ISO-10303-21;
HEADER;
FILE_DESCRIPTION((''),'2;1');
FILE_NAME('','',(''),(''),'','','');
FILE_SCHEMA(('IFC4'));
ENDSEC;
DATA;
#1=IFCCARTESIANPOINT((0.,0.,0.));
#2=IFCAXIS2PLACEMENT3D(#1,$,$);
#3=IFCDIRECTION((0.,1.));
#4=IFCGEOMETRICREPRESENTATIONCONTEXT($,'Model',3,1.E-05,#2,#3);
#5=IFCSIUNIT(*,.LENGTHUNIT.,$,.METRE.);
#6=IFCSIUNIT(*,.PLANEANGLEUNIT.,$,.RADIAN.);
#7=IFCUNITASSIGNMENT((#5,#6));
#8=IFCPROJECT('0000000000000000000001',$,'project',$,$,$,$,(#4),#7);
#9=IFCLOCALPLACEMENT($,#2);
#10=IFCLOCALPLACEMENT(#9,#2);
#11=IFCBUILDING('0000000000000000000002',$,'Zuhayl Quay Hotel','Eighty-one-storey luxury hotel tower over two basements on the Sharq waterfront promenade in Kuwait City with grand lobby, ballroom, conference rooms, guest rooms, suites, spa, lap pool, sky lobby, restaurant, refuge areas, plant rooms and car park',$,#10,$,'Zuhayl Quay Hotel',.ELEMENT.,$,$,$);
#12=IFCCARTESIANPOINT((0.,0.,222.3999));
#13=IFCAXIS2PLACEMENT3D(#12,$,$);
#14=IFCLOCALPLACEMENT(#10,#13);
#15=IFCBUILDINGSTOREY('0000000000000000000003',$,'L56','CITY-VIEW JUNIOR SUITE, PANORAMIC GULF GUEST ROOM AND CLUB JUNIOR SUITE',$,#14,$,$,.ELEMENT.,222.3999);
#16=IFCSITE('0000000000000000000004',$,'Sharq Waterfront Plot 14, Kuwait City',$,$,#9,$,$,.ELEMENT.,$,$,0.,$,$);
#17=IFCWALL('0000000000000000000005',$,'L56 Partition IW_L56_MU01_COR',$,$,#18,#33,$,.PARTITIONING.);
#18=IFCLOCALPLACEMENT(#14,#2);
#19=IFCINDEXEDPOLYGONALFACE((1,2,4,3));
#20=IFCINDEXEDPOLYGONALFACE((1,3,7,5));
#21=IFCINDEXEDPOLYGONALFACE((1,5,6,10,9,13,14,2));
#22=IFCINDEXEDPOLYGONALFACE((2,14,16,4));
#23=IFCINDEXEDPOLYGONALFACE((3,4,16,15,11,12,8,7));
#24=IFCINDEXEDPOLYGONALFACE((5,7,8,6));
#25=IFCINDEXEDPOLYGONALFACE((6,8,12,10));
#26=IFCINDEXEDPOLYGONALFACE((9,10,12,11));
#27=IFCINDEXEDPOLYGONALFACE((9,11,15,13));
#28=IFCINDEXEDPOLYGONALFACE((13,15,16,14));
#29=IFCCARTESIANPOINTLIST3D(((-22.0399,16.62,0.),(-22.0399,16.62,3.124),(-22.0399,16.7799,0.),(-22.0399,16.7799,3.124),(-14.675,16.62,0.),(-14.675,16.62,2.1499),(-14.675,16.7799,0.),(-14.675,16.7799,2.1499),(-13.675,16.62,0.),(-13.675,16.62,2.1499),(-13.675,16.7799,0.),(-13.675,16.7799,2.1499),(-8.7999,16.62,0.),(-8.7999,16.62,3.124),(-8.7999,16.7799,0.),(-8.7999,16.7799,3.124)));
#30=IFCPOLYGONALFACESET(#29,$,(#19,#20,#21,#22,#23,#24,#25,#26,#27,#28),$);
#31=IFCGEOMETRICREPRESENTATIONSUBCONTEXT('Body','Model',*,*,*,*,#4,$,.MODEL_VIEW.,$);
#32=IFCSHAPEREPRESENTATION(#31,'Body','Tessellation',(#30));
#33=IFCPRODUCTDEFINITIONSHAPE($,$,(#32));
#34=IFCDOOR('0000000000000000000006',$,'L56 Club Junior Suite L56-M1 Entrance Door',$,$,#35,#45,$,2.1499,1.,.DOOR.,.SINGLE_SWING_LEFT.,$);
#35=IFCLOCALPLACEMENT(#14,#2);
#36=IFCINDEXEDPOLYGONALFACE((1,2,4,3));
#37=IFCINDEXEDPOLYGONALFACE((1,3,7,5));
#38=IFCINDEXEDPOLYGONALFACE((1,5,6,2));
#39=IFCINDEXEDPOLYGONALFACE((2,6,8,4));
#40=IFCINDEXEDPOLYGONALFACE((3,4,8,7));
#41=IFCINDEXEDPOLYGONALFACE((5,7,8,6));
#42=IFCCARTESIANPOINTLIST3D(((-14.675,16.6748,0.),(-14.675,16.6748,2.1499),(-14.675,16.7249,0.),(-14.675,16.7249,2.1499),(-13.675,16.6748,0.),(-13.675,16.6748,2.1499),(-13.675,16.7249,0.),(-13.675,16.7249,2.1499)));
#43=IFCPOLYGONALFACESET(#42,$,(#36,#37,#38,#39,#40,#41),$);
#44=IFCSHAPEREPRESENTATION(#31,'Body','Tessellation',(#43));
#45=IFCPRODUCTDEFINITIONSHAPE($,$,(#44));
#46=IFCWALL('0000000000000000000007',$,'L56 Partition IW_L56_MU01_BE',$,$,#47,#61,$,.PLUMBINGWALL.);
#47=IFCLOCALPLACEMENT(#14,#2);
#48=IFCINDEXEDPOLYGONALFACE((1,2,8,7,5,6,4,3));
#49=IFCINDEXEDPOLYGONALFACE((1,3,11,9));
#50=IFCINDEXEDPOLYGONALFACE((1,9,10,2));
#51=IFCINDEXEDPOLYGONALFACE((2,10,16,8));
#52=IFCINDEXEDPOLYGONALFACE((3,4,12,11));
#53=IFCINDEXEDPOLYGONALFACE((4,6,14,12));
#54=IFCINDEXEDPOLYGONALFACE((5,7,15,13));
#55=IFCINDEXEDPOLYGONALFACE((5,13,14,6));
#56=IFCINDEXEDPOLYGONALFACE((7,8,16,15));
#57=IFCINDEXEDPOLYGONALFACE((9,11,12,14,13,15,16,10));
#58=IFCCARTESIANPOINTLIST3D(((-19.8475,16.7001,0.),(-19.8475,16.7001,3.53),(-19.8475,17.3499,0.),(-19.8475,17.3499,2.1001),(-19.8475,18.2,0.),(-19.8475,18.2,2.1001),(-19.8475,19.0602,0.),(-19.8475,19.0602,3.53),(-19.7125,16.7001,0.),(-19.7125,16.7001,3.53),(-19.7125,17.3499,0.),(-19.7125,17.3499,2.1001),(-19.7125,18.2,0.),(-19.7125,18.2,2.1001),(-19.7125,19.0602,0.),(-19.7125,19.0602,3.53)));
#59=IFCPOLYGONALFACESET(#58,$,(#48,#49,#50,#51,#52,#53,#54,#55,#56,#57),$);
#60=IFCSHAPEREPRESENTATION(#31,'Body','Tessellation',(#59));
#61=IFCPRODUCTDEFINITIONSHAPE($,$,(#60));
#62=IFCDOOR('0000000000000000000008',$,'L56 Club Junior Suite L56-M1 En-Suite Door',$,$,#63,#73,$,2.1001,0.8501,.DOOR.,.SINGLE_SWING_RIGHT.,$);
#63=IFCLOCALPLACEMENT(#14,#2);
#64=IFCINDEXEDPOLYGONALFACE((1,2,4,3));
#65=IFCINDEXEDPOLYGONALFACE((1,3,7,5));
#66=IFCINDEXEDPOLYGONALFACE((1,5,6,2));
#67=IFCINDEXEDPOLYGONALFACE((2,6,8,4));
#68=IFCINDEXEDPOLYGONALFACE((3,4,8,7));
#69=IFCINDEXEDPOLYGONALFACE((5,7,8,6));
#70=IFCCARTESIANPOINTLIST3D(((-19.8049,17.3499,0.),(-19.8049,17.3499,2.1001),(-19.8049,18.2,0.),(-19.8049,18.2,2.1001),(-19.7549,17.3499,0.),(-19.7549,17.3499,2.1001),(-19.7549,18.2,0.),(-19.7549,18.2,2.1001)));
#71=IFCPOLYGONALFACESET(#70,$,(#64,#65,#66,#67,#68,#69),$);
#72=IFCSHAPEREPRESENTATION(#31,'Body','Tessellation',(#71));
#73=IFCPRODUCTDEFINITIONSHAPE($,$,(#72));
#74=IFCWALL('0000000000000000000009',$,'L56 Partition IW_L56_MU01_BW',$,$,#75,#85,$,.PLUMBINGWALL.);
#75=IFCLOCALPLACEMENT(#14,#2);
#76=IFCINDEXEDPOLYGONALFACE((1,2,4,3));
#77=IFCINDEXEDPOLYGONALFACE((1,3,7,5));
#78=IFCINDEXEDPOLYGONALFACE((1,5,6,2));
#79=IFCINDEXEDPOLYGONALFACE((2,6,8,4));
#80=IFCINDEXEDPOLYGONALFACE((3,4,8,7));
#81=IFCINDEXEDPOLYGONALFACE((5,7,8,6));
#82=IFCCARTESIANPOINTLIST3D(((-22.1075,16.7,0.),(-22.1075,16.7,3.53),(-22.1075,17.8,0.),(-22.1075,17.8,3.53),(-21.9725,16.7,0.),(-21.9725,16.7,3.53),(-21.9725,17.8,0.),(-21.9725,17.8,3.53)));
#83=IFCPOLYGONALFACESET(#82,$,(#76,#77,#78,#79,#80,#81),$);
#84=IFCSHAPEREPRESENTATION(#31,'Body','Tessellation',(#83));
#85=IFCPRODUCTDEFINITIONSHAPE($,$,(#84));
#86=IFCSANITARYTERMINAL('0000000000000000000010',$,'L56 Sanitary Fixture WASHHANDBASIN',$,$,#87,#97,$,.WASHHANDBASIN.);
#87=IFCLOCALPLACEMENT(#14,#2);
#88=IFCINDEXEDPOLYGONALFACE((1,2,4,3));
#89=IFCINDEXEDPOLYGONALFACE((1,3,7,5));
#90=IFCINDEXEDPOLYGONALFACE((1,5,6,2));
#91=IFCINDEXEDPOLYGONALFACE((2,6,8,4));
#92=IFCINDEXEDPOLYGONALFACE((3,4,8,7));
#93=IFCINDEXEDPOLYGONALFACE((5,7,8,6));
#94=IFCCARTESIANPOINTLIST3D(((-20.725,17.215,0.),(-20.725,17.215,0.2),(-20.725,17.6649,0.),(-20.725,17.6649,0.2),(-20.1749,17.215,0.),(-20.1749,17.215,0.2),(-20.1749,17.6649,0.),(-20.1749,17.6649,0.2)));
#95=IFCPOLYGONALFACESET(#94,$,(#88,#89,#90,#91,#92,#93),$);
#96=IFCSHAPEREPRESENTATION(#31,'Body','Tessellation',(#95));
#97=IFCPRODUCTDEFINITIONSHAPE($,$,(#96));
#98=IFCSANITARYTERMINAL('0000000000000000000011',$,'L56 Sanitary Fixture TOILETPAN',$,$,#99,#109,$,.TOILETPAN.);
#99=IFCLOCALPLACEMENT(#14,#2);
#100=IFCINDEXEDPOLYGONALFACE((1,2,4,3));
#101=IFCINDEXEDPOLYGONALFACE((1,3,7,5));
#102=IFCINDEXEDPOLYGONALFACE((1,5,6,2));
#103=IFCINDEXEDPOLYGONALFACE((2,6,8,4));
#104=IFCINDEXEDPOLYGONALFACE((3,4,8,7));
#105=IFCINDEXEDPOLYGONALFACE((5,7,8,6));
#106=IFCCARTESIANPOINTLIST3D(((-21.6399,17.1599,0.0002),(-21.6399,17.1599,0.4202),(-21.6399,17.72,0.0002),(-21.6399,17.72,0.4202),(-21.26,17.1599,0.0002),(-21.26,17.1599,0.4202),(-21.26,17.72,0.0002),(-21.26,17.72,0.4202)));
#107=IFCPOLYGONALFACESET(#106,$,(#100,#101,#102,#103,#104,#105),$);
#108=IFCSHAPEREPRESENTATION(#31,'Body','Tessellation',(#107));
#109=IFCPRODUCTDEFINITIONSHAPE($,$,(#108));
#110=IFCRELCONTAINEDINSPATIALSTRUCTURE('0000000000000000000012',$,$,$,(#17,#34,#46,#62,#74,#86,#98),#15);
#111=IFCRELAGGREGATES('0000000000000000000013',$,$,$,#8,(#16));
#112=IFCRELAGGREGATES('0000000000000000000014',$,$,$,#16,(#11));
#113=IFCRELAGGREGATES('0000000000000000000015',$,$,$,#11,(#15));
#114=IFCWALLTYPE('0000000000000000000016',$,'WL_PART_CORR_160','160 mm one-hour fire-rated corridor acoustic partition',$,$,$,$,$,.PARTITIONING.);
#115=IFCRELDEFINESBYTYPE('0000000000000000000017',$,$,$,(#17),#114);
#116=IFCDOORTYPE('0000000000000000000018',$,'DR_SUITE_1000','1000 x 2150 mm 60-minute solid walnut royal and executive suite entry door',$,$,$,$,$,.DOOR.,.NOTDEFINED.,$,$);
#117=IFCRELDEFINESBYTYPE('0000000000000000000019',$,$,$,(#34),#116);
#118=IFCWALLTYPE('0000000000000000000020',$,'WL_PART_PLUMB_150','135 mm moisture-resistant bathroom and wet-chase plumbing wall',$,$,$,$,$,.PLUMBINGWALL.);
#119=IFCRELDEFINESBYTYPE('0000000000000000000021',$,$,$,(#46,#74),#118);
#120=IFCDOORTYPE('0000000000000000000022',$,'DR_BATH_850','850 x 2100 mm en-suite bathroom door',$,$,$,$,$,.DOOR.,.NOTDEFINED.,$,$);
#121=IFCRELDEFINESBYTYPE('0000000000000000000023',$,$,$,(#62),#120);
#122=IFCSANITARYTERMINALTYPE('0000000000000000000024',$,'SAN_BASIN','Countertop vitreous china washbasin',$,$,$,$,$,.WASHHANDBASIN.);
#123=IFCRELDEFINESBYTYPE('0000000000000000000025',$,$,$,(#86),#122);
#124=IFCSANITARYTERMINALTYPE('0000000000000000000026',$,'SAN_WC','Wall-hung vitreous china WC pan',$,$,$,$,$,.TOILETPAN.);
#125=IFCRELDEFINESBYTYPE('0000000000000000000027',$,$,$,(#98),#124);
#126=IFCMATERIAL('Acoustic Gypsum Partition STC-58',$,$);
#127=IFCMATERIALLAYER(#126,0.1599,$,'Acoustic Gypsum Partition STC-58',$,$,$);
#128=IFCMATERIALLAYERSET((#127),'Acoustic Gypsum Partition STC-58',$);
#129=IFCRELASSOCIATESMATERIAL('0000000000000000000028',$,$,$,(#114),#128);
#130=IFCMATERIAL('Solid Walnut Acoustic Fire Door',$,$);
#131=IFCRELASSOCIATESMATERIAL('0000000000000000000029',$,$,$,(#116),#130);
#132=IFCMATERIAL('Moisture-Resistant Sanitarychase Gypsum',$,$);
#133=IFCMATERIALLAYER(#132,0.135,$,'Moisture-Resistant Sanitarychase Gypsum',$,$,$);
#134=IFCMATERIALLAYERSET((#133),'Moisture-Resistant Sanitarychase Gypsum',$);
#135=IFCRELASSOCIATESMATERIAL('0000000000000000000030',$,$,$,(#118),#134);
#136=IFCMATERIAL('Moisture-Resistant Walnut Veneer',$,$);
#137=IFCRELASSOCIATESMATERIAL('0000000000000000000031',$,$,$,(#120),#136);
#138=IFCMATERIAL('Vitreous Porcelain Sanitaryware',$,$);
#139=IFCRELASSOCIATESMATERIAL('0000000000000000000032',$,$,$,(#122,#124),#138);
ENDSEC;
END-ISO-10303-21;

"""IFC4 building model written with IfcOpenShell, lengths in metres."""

from ifc_helpers import new_model, si_unit, direction, frame, frame_2d, origin, origin_2d, place, context, subcontext, project, spatial, rectangle, extrude, material, layer, layer_set, type_object, element, fill, save


model = new_model("IFC4")

# Units and contexts
model_context = context("Model", 3, precision=1e-05, world=origin(), true_north=direction((0.0, 1.0)))
body_context = subcontext(model_context, "Body", "Model", "MODEL_VIEW")
ifc_project = project(units=[si_unit("LENGTHUNIT", "METRE"), si_unit("PLANEANGLEUNIT", "RADIAN")], contexts=[model_context])

# Site, building, storey
site_placement = place(None, origin())
site = spatial("IfcSite", under=ifc_project, at=site_placement, Name="Sharq Waterfront Plot 14, Kuwait City", CompositionType="ELEMENT", RefElevation=0.0)
building_placement = place(site_placement, origin())
building = spatial("IfcBuilding", under=site, at=building_placement, Name="Zuhayl Quay Hotel", Description="Eighty-one-storey luxury hotel tower over two basements on the Sharq waterfront promenade in Kuwait City with grand lobby, ballroom, conference rooms, guest rooms, suites, spa, lap pool, sky lobby, restaurant, refuge areas, plant rooms and car park", LongName="Zuhayl Quay Hotel", CompositionType="ELEMENT")
storey_placement = place(building_placement, frame((0.0, 0.0, 222.3999)))
storey = spatial("IfcBuildingStorey", under=building, at=storey_placement, Name="L56", Description="CITY-VIEW JUNIOR SUITE, PANORAMIC GULF GUEST ROOM AND CLUB JUNIOR SUITE", CompositionType="ELEMENT", Elevation=222.3999)

# Shared definitions
ifc_material_1 = material(Name="Acoustic Gypsum Partition STC-58")

# Walls, openings, doors
ifc_layer_1 = layer(ifc_material_1, 0.1599, Name="Acoustic Gypsum Partition STC-58")
ifc_layer_set_1 = layer_set([ifc_layer_1], Name="Acoustic Gypsum Partition STC-58")
wall_type_1 = type_object("IfcWallType", Name="WL_PART_CORR_160", Description="160 mm one-hour fire-rated corridor acoustic partition", PredefinedType="PARTITIONING", material=ifc_layer_set_1)
wall_1_placement = place(storey_placement, frame((-22.04, 16.7, 0.0), z_axis=(0.0, 0.0, 1.0), x_axis=(1.0, 0.0, 0.0)))
wall_1 = element("IfcWall", 1, at=wall_1_placement, inside=storey, type_object=wall_type_1, Name="L56 Partition IW_L56_MU01_COR", PredefinedType="PARTITIONING", context=body_context, shape_type="SweptSolid", body=[
    extrude(rectangle(XDim=13.24, YDim=0.1599, at=frame_2d((6.6201, 0.0))), origin(), (0.0, 0.0, 1.0), 3.124),
])
opening_1_placement = place(wall_1_placement, frame((7.365, 0.0, 0.0)))
opening_1 = element("IfcOpeningElement", 2, at=opening_1_placement, cuts=wall_1, PredefinedType="OPENING", context=body_context, shape_type="SweptSolid", body=[
    extrude(rectangle(XDim=1.0, YDim=2.1499, at=frame_2d((0.5, 1.075))), frame((0.0, 0.0898, 0.0), z_axis=(0.0, -1.0, 0.0), x_axis=(1.0, 0.0, 0.0)), (0.0, 0.0, 1.0), 0.1799),
])
ifc_material_2 = material(Name="Solid Walnut Acoustic Fire Door")
door_type_1 = type_object("IfcDoorType", Name="DR_SUITE_1000", Description="1000 x 2150 mm 60-minute solid walnut royal and executive suite entry door", OperationType="NOTDEFINED", PredefinedType="DOOR", material=ifc_material_2)
door_1_placement = place(opening_1_placement, origin())
door_1 = element("IfcDoor", 3, at=door_1_placement, inside=storey, type_object=door_type_1, Name="L56 Club Junior Suite L56-M1 Entrance Door", OperationType="SINGLE_SWING_LEFT", OverallHeight=2.1499, OverallWidth=1.0, PredefinedType="DOOR", context=body_context, shape_type="SweptSolid", body=[
    extrude(rectangle(XDim=1.0, YDim=2.1499, at=frame_2d((0.5, 1.075))), frame((0.0, 0.0249, 0.0), z_axis=(0.0, -1.0, 0.0), x_axis=(1.0, 0.0, 0.0)), (0.0, 0.0, 1.0), 0.05),
])
fill(opening_1, door_1)
ifc_material_3 = material(Name="Moisture-Resistant Sanitarychase Gypsum")
ifc_layer_2 = layer(ifc_material_3, 0.135, Name="Moisture-Resistant Sanitarychase Gypsum")
ifc_layer_set_2 = layer_set([ifc_layer_2], Name="Moisture-Resistant Sanitarychase Gypsum")
wall_type_2 = type_object("IfcWallType", Name="WL_PART_PLUMB_150", Description="135 mm moisture-resistant bathroom and wet-chase plumbing wall", PredefinedType="PLUMBINGWALL", material=ifc_layer_set_2)
wall_2_placement = place(storey_placement, frame((-19.78, 16.7, 0.0), z_axis=(0.0, 0.0, 1.0), x_axis=(0.0, 1.0, 0.0)))
wall_2 = element("IfcWall", 4, at=wall_2_placement, inside=storey, type_object=wall_type_2, Name="L56 Partition IW_L56_MU01_BE", PredefinedType="PLUMBINGWALL", context=body_context, shape_type="SweptSolid", body=[
    extrude(rectangle(XDim=2.3601, YDim=0.135, at=frame_2d((1.1802, 0.0))), origin(), (0.0, 0.0, 1.0), 3.53),
])
opening_2_placement = place(wall_2_placement, frame((0.6499, 0.0, 0.0)))
opening_2 = element("IfcOpeningElement", 5, at=opening_2_placement, cuts=wall_2, PredefinedType="OPENING", context=body_context, shape_type="SweptSolid", body=[
    extrude(rectangle(XDim=0.8501, YDim=2.1001, at=frame_2d((0.425, 1.05))), frame((0.0, 0.0774, 0.0), z_axis=(0.0, -1.0, 0.0), x_axis=(1.0, 0.0, 0.0)), (0.0, 0.0, 1.0), 0.155),
])
ifc_material_4 = material(Name="Moisture-Resistant Walnut Veneer")
door_type_2 = type_object("IfcDoorType", Name="DR_BATH_850", Description="850 x 2100 mm en-suite bathroom door", OperationType="NOTDEFINED", PredefinedType="DOOR", material=ifc_material_4)
door_2_placement = place(opening_2_placement, origin())
door_2 = element("IfcDoor", 6, at=door_2_placement, inside=storey, type_object=door_type_2, Name="L56 Club Junior Suite L56-M1 En-Suite Door", OperationType="SINGLE_SWING_RIGHT", OverallHeight=2.1001, OverallWidth=0.8501, PredefinedType="DOOR", context=body_context, shape_type="SweptSolid", body=[
    extrude(rectangle(XDim=0.8501, YDim=2.1001, at=frame_2d((0.425, 1.05))), frame((0.0, 0.0249, 0.0), z_axis=(0.0, -1.0, 0.0), x_axis=(1.0, 0.0, 0.0)), (0.0, 0.0, 1.0), 0.05),
])
fill(opening_2, door_2)

# Wall
wall_3_placement = place(storey_placement, frame((-22.04, 16.7, 0.0), z_axis=(0.0, 0.0, 1.0), x_axis=(0.0, 1.0, 0.0)))
element("IfcWall", 7, at=wall_3_placement, inside=storey, type_object=wall_type_2, Name="L56 Partition IW_L56_MU01_BW", PredefinedType="PLUMBINGWALL", context=body_context, shape_type="SweptSolid", body=[
    extrude(rectangle(XDim=1.1001, YDim=0.135, at=frame_2d((0.55, 0.0))), origin(), (0.0, 0.0, 1.0), 3.53),
])

# Sanitary terminals
ifc_material_5 = material(Name="Vitreous Porcelain Sanitaryware")
sanitary_terminal_type_1 = type_object("IfcSanitaryTerminalType", Name="SAN_BASIN", Description="Countertop vitreous china washbasin", PredefinedType="WASHHANDBASIN", material=ifc_material_5)
sanitary_terminal_1_placement = place(storey_placement, frame((-20.45, 17.4399, 0.0), z_axis=(0.0, 0.0, 1.0), x_axis=(1.0, 0.0, 0.0)))
element("IfcSanitaryTerminal", 8, at=sanitary_terminal_1_placement, inside=storey, type_object=sanitary_terminal_type_1, Name="L56 Sanitary Fixture WASHHANDBASIN", PredefinedType="WASHHANDBASIN", context=body_context, shape_type="SweptSolid", body=[
    extrude(rectangle(XDim=0.55, YDim=0.45, at=origin_2d()), origin(), (0.0, 0.0, 1.0), 0.2),
])
sanitary_terminal_type_2 = type_object("IfcSanitaryTerminalType", Name="SAN_WC", Description="Wall-hung vitreous china WC pan", PredefinedType="TOILETPAN", material=ifc_material_5)
sanitary_terminal_2_placement = place(storey_placement, frame((-21.45, 17.4399, 0.0002), z_axis=(0.0, 0.0, 1.0), x_axis=(1.0, 0.0, 0.0)))
element("IfcSanitaryTerminal", 9, at=sanitary_terminal_2_placement, inside=storey, type_object=sanitary_terminal_type_2, Name="L56 Sanitary Fixture TOILETPAN", PredefinedType="TOILETPAN", context=body_context, shape_type="SweptSolid", body=[
    extrude(rectangle(XDim=0.3799, YDim=0.5601, at=origin_2d()), origin(), (0.0, 0.0, 1.0), 0.4199),
])

save(model, "model.ifc")
